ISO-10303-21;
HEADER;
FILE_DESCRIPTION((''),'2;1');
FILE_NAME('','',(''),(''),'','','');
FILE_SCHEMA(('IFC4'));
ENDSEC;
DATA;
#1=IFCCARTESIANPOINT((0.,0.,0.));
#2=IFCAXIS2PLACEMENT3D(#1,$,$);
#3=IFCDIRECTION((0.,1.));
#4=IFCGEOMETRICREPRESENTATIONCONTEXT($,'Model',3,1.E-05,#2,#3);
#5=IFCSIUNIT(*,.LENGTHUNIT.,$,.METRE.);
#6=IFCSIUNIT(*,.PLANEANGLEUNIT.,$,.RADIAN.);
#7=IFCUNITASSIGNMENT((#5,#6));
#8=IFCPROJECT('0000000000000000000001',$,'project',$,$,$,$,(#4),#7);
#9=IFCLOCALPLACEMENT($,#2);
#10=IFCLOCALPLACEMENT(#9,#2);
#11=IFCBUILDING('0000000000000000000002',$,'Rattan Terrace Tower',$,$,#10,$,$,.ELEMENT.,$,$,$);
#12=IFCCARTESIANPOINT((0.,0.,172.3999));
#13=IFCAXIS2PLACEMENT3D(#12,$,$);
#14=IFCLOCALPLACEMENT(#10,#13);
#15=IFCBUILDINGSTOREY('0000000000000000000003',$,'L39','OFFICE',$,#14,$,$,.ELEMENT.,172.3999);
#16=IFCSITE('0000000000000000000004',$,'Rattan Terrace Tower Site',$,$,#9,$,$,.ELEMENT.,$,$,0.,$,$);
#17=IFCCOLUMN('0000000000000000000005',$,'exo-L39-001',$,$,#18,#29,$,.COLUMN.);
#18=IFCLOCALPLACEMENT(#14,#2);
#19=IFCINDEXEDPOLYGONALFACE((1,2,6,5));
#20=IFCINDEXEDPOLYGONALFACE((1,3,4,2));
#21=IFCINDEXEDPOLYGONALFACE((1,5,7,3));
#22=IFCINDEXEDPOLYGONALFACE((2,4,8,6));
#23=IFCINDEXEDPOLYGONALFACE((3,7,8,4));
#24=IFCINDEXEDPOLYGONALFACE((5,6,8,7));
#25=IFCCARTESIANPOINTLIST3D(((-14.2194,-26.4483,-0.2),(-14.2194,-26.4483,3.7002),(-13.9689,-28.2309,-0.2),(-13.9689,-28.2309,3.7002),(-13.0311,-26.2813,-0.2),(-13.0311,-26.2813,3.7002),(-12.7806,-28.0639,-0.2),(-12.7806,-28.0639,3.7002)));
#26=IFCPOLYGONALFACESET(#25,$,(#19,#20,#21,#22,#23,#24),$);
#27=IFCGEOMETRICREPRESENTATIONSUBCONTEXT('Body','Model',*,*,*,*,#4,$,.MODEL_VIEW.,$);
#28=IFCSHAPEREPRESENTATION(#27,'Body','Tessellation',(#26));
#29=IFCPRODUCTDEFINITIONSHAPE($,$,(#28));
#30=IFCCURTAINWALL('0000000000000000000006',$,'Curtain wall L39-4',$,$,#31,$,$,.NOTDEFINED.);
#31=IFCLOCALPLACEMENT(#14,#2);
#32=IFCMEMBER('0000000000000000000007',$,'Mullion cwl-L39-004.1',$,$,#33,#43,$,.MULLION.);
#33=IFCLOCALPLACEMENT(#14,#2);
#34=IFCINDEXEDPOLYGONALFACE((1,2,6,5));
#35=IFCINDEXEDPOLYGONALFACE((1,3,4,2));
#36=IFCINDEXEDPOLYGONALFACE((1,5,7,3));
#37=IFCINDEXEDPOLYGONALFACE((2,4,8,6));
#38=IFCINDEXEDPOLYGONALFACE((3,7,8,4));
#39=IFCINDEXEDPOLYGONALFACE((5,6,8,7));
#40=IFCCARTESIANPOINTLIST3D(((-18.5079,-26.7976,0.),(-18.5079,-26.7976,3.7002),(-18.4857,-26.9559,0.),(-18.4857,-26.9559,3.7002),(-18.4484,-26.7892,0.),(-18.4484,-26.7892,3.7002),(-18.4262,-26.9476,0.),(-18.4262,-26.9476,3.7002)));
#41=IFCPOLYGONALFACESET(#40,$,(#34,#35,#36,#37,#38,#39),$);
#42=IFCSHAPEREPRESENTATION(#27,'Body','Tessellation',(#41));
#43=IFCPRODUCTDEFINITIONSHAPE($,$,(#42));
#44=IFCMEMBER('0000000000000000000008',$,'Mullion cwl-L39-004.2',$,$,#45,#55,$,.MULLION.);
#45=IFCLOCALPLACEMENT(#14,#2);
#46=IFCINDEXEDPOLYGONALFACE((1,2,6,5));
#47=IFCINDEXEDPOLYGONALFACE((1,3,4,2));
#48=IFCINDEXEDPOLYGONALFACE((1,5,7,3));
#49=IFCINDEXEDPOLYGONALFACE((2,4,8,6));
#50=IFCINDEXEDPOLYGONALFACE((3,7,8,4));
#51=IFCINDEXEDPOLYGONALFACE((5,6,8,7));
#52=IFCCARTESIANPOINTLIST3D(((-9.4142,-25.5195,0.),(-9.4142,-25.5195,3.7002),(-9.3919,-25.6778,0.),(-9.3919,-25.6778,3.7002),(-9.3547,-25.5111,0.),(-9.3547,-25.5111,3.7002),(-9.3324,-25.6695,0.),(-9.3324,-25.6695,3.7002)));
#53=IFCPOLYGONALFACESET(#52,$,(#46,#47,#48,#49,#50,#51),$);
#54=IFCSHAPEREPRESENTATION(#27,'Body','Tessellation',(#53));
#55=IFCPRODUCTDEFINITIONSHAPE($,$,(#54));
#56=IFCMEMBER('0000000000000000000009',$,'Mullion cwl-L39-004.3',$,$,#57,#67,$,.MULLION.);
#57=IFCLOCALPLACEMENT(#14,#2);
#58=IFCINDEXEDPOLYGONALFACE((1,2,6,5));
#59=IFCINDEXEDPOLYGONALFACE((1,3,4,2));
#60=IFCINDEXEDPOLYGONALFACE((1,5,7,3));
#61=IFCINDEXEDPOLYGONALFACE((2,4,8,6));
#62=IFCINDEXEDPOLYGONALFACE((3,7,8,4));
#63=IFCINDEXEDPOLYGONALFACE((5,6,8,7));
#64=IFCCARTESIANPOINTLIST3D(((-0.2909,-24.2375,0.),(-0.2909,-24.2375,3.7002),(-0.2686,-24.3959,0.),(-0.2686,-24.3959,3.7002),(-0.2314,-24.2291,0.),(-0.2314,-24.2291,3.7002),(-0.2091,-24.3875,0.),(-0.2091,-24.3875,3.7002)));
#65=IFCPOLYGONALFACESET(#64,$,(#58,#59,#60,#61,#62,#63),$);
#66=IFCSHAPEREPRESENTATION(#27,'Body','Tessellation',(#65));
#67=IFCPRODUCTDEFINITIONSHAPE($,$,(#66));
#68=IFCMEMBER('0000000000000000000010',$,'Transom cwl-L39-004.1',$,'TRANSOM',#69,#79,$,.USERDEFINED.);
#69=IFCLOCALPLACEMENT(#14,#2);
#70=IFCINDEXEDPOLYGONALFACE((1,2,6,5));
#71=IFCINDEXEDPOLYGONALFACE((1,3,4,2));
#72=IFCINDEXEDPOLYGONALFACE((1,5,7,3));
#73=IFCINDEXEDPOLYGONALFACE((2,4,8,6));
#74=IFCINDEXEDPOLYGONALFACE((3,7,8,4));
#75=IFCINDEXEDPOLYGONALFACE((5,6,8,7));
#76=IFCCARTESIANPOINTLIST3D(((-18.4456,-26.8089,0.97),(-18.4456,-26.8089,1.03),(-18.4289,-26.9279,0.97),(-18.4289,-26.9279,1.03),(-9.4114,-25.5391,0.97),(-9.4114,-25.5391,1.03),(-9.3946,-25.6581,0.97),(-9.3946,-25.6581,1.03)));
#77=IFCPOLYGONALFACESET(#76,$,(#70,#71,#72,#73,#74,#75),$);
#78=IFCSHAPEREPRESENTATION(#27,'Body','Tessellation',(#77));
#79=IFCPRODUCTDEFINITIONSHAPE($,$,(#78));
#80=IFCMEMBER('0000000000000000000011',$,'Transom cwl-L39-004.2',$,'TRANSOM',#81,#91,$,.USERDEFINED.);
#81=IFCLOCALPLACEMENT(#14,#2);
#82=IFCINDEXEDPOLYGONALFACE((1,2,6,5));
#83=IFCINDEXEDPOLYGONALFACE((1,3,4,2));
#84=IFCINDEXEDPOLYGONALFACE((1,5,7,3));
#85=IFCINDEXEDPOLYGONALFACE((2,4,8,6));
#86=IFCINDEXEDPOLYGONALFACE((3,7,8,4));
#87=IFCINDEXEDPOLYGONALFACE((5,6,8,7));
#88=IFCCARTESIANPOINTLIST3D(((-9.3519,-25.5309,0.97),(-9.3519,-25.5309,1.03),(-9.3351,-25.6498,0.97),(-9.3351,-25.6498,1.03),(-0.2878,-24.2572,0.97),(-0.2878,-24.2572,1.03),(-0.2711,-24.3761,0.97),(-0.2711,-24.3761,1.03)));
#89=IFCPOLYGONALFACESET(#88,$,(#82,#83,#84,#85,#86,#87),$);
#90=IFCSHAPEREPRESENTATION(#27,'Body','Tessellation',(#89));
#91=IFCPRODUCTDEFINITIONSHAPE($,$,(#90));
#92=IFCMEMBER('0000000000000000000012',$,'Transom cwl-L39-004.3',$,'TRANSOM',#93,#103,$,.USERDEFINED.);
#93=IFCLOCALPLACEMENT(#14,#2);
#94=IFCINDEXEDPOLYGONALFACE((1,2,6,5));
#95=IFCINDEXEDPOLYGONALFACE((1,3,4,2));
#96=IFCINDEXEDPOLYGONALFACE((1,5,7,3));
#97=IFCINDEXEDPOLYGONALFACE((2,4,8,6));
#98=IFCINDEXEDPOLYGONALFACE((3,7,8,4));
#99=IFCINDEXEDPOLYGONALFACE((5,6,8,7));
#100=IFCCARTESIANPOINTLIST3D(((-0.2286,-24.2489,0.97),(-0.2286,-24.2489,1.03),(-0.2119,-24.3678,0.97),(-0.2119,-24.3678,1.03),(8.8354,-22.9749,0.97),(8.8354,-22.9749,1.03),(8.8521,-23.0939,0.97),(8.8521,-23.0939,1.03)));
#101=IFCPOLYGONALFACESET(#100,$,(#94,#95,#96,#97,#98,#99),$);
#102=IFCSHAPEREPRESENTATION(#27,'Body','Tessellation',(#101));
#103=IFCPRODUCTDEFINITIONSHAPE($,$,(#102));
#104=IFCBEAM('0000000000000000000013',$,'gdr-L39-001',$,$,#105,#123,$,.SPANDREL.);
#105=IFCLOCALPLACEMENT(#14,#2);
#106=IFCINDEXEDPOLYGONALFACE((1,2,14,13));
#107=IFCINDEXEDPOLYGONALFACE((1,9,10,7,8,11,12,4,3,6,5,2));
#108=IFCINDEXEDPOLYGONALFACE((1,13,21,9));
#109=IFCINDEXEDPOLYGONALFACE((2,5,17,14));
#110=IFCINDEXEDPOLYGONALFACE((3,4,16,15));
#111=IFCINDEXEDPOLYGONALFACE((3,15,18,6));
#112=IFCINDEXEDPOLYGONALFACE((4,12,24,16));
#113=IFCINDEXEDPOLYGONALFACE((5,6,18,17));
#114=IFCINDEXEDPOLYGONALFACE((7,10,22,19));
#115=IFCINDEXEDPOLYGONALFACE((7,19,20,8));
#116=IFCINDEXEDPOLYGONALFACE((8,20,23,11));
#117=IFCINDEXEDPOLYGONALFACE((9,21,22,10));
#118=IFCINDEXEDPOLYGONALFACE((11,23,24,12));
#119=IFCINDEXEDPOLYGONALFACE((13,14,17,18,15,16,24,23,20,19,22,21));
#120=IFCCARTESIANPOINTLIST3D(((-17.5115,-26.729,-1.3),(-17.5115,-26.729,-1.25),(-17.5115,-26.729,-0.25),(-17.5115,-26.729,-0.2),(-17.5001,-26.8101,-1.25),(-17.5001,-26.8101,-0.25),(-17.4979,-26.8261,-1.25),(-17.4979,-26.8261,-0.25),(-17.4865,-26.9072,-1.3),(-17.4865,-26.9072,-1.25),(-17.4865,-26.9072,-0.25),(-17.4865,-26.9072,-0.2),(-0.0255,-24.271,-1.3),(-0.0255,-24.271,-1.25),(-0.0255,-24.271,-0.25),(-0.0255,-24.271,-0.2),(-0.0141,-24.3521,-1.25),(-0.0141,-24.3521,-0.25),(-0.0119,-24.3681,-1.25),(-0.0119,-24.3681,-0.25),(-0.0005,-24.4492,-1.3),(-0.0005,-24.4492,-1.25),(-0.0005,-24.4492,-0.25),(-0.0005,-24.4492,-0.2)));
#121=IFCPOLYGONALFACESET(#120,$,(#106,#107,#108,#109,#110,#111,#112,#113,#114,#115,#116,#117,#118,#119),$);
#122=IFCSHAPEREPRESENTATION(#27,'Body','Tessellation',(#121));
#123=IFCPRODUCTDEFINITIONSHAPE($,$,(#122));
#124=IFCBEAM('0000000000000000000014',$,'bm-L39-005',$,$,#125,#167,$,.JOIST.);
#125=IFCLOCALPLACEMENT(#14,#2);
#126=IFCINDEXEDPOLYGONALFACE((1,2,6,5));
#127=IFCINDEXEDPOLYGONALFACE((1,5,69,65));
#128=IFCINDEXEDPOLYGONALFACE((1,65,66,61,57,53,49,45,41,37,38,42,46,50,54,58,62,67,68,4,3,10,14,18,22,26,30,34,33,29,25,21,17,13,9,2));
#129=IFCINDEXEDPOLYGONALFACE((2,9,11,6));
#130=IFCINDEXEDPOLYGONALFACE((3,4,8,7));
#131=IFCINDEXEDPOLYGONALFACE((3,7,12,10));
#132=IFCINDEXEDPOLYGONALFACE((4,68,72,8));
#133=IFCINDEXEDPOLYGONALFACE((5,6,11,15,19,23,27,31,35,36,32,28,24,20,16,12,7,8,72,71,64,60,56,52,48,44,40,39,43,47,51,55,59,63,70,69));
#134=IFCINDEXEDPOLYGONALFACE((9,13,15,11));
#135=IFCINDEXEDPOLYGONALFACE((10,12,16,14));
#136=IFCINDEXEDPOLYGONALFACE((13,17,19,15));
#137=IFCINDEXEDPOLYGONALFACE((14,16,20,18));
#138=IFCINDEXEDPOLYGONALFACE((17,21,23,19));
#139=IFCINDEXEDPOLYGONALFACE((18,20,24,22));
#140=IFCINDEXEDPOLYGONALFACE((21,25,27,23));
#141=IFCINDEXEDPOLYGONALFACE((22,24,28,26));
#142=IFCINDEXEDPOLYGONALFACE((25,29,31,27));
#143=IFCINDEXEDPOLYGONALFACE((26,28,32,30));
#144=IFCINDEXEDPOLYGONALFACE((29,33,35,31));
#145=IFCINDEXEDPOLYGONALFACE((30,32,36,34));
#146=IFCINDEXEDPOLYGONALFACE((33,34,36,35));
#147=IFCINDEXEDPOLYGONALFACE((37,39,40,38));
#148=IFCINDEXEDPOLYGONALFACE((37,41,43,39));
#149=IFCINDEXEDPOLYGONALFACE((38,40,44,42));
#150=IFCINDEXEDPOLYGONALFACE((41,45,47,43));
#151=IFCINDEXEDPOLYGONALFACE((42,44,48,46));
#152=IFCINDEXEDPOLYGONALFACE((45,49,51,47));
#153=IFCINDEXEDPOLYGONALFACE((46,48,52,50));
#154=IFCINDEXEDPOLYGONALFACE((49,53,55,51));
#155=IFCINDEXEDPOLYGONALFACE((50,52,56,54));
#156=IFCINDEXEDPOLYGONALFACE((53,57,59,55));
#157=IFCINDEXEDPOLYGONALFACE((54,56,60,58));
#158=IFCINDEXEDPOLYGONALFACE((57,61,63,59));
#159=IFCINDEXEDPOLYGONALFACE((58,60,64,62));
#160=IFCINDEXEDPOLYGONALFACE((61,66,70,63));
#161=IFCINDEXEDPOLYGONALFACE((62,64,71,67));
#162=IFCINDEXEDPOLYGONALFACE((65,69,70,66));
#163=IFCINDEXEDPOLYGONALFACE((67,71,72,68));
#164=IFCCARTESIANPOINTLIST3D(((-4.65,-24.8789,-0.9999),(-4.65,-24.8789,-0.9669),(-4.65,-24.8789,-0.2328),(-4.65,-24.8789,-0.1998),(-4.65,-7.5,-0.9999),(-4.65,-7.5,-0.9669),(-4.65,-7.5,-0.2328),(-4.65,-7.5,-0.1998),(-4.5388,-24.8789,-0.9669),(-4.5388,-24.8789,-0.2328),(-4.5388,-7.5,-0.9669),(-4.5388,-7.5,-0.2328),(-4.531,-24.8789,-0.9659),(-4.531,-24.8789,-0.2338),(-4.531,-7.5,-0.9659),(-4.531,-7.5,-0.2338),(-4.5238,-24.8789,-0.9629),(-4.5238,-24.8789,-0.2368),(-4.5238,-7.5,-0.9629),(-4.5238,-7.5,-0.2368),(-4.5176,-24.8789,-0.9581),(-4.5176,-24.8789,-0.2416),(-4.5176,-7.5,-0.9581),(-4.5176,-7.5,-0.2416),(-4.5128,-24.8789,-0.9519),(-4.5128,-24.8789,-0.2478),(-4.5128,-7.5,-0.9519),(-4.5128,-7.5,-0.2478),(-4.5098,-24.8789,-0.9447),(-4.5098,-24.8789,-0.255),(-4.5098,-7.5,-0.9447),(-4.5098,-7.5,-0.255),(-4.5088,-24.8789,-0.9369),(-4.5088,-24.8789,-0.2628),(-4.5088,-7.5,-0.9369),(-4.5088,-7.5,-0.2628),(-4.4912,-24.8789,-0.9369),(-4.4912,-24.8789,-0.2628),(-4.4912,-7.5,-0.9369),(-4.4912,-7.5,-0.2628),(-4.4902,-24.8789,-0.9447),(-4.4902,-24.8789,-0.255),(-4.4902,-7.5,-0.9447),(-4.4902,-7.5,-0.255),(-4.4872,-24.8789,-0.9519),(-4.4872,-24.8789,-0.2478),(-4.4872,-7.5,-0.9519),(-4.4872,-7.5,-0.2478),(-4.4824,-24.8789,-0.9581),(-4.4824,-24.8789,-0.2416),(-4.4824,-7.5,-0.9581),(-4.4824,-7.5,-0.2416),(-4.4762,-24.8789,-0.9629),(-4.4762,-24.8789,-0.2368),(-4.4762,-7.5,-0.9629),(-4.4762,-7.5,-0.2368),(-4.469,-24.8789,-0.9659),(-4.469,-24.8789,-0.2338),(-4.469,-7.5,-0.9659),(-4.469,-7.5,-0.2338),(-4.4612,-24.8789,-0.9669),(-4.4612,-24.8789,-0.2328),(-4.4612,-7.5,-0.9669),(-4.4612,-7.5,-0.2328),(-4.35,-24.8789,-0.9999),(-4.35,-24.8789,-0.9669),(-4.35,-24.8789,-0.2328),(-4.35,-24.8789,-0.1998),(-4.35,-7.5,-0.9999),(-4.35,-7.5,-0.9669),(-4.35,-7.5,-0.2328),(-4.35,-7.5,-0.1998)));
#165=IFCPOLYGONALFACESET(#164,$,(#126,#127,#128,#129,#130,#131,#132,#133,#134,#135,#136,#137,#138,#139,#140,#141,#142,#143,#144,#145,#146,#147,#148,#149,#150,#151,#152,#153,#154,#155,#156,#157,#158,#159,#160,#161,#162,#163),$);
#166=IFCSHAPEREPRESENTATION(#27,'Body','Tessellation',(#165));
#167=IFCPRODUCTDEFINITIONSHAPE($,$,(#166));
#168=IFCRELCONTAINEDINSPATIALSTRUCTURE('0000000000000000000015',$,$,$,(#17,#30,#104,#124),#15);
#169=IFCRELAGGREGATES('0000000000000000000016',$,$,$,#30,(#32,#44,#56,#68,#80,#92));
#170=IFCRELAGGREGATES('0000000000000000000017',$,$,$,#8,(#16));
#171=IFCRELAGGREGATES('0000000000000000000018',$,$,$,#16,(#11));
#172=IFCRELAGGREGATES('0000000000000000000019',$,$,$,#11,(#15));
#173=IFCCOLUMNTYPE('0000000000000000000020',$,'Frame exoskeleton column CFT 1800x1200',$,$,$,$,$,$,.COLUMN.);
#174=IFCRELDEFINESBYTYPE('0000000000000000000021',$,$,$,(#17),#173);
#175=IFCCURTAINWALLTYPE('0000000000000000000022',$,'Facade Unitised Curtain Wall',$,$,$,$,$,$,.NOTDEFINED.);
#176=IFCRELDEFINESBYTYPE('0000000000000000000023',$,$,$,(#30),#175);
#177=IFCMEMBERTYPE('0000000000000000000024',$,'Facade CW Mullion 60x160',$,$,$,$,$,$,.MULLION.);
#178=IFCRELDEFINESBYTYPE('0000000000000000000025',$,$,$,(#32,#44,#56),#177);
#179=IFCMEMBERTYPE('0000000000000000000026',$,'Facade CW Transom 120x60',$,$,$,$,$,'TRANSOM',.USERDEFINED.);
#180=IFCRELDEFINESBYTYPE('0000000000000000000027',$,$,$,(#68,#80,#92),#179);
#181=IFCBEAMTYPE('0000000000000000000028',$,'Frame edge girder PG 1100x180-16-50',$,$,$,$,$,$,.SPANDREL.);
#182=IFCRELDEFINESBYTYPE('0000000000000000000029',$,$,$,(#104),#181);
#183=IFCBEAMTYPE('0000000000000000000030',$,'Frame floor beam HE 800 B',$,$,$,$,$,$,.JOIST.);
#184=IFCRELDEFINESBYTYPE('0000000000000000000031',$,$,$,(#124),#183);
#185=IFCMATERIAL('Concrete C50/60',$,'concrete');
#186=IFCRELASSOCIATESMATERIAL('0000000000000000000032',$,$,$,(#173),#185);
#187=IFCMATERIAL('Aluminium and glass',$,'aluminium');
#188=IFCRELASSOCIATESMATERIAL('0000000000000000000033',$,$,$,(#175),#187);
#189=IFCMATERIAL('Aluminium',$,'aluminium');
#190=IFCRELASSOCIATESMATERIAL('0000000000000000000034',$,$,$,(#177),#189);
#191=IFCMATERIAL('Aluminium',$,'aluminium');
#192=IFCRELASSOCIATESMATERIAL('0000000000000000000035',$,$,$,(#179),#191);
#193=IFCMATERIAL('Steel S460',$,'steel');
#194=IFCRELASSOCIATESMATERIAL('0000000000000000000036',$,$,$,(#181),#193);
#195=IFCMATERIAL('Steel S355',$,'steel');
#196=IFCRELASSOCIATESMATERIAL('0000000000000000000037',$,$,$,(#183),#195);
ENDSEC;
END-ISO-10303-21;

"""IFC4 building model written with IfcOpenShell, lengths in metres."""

from ifc_helpers import new_model, si_unit, direction, frame, origin, origin_2d, place, context, subcontext, project, spatial, rectangle, i_section, extrude, material, material_profile, profile_set, type_object, element, aggregate, save


model = new_model("IFC4")

# Units and contexts
model_context = context("Model", 3, precision=1e-05, world=origin(), true_north=direction((0.0, 1.0)))
body_context = subcontext(model_context, "Body", "Model", "MODEL_VIEW")
ifc_project = project(units=[si_unit("LENGTHUNIT", "METRE"), si_unit("PLANEANGLEUNIT", "RADIAN")], contexts=[model_context])

# Site, building, storey
site_placement = place(None, origin())
site = spatial("IfcSite", under=ifc_project, at=site_placement, Name="Rattan Terrace Tower Site", CompositionType="ELEMENT", RefElevation=0.0)
building_placement = place(site_placement, origin())
building = spatial("IfcBuilding", under=site, at=building_placement, Name="Rattan Terrace Tower", CompositionType="ELEMENT")
storey_placement = place(building_placement, frame((0.0, 0.0, 172.3999)))
storey = spatial("IfcBuildingStorey", under=building, at=storey_placement, Name="L39", Description="OFFICE", CompositionType="ELEMENT", Elevation=172.3999)

# Column
ifc_material_1 = material(Name="Concrete C50/60", Category="concrete")
ifc_material_profile_1 = material_profile(ifc_material_1, rectangle(XDim=1.2, YDim=1.8, at=origin_2d()), Name="CFT 1800x1200")
ifc_profile_set_1 = profile_set([ifc_material_profile_1], Name="Concrete C50/60")
column_type = type_object("IfcColumnType", Name="Frame exoskeleton column CFT 1800x1200", PredefinedType="COLUMN", material=ifc_profile_set_1)
column_placement = place(storey_placement, frame((-13.5, -27.2561, -0.2), z_axis=(0.0, 0.0, 1.0), x_axis=(0.99027, 0.139156, 0.0)))
element("IfcColumn", 1, at=column_placement, inside=storey, type_object=column_type, Name="exo-L39-001", PredefinedType="COLUMN", context=body_context, shape_type="SweptSolid", body=[
    extrude(rectangle(XDim=1.2, YDim=1.8, at=origin_2d()), origin(), (0.0, 0.0, 1.0), 3.9001),
])

# Curtain wall, members
ifc_material_2 = material(Name="Aluminium and glass", Category="aluminium")
curtain_wall_type = type_object("IfcCurtainWallType", Name="Facade Unitised Curtain Wall", PredefinedType="NOTDEFINED", material=ifc_material_2)
curtain_wall_placement = place(storey_placement, origin())
curtain_wall = element("IfcCurtainWall", 2, at=curtain_wall_placement, inside=storey, type_object=curtain_wall_type, Name="Curtain wall L39-4", PredefinedType="NOTDEFINED")
ifc_material_3 = material(Name="Aluminium", Category="aluminium")
ifc_material_profile_2 = material_profile(ifc_material_3, rectangle(XDim=0.0601, YDim=0.1599, at=origin_2d()), Name="Aluminium 60x160")
ifc_profile_set_2 = profile_set([ifc_material_profile_2], Name="Aluminium")
member_type_1 = type_object("IfcMemberType", Name="Facade CW Mullion 60x160", PredefinedType="MULLION", material=ifc_profile_set_2)
member_1_placement = place(storey_placement, frame((-18.467, -26.8726, 0.0), z_axis=(0.0, 0.0, 1.0), x_axis=(0.99027, 0.139161, 0.0)))
member_1 = element("IfcMember", 3, at=member_1_placement, type_object=member_type_1, Name="Mullion cwl-L39-004.1", PredefinedType="MULLION", context=body_context, shape_type="SweptSolid", body=[
    extrude(rectangle(XDim=0.0601, YDim=0.1599, at=origin_2d()), origin(), (0.0, 0.0, 1.0), 3.7002),
])
member_2_placement = place(storey_placement, frame((-9.3733, -25.5945, 0.0), z_axis=(0.0, 0.0, 1.0), x_axis=(0.99027, 0.139161, 0.0)))
member_2 = element("IfcMember", 4, at=member_2_placement, type_object=member_type_1, Name="Mullion cwl-L39-004.2", PredefinedType="MULLION", context=body_context, shape_type="SweptSolid", body=[
    extrude(rectangle(XDim=0.0601, YDim=0.1599, at=origin_2d()), origin(), (0.0, 0.0, 1.0), 3.7002),
])
member_3_placement = place(storey_placement, frame((-0.25, -24.3125, 0.0), z_axis=(0.0, 0.0, 1.0), x_axis=(0.99027, 0.139161, 0.0)))
member_3 = element("IfcMember", 5, at=member_3_placement, type_object=member_type_1, Name="Mullion cwl-L39-004.3", PredefinedType="MULLION", context=body_context, shape_type="SweptSolid", body=[
    extrude(rectangle(XDim=0.0601, YDim=0.1599, at=origin_2d()), origin(), (0.0, 0.0, 1.0), 3.7002),
])
ifc_material_4 = material(Name="Aluminium", Category="aluminium")
ifc_material_profile_3 = material_profile(ifc_material_4, rectangle(XDim=0.1201, YDim=0.0601, at=origin_2d()), Name="Aluminium 120x60")
ifc_profile_set_3 = profile_set([ifc_material_profile_3], Name="Aluminium")
member_type_2 = type_object("IfcMemberType", Name="Facade CW Transom 120x60", ElementType="TRANSOM", PredefinedType="USERDEFINED", material=ifc_profile_set_3)
member_4_placement = place(storey_placement, frame((-18.4373, -26.8684, 1.0), z_axis=(0.990266, 0.139184, 0.0), x_axis=(-0.139184, 0.990266, 0.0)))
member_4 = element("IfcMember", 6, at=member_4_placement, type_object=member_type_2, Name="Transom cwl-L39-004.1", ObjectType="TRANSOM", PredefinedType="USERDEFINED", context=body_context, shape_type="SweptSolid", body=[
    extrude(rectangle(XDim=0.1201, YDim=0.0601, at=origin_2d()), origin(), (0.0, 0.0, 1.0), 9.123),
])
member_5_placement = place(storey_placement, frame((-9.3435, -25.5903, 1.0), z_axis=(0.990271, 0.139154, 0.0), x_axis=(-0.139154, 0.990271, 0.0)))
member_5 = element("IfcMember", 7, at=member_5_placement, type_object=member_type_2, Name="Transom cwl-L39-004.2", ObjectType="TRANSOM", PredefinedType="USERDEFINED", context=body_context, shape_type="SweptSolid", body=[
    extrude(rectangle(XDim=0.1201, YDim=0.0601, at=origin_2d()), origin(), (0.0, 0.0, 1.0), 9.1531),
])
member_6_placement = place(storey_placement, frame((-0.2202, -24.3083, 1.0), z_axis=(0.990267, 0.13918, 0.0), x_axis=(-0.13918, 0.990267, 0.0)))
member_6 = element("IfcMember", 8, at=member_6_placement, type_object=member_type_2, Name="Transom cwl-L39-004.3", ObjectType="TRANSOM", PredefinedType="USERDEFINED", context=body_context, shape_type="SweptSolid", body=[
    extrude(rectangle(XDim=0.1201, YDim=0.0601, at=origin_2d()), origin(), (0.0, 0.0, 1.0), 9.1531),
])

# Beams
ifc_material_5 = material(Name="Steel S460", Category="steel")
ifc_material_profile_4 = material_profile(ifc_material_5, i_section(OverallWidth=0.1799, OverallDepth=1.1001, WebThickness=0.0161, FlangeThickness=0.05, at=origin_2d()), Name="PG 1100x180-16-50")
ifc_profile_set_4 = profile_set([ifc_material_profile_4], Name="Steel S460")
beam_type_1 = type_object("IfcBeamType", Name="Frame edge girder PG 1100x180-16-50", PredefinedType="SPANDREL", material=ifc_profile_set_4)
beam_1_placement = place(storey_placement, frame((-17.499, -26.8181, -0.75), z_axis=(0.990264, 0.139201, 0.0), x_axis=(-0.139201, 0.990264, 0.0)))
element("IfcBeam", 9, at=beam_1_placement, inside=storey, type_object=beam_type_1, Name="gdr-L39-001", PredefinedType="SPANDREL", context=body_context, shape_type="SweptSolid", body=[
    extrude(i_section(OverallWidth=0.1799, OverallDepth=1.1001, WebThickness=0.0161, FlangeThickness=0.05, at=origin_2d()), origin(), (0.0, 0.0, 1.0), 17.658),
])
ifc_material_6 = material(Name="Steel S355", Category="steel")
ifc_material_profile_5 = material_profile(ifc_material_6, i_section(OverallWidth=0.3, OverallDepth=0.8, WebThickness=0.0176, FlangeThickness=0.033, FilletRadius=0.03, at=origin_2d()), Name="HE 800 B")
ifc_profile_set_5 = profile_set([ifc_material_profile_5], Name="Steel S355")
beam_type_2 = type_object("IfcBeamType", Name="Frame floor beam HE 800 B", PredefinedType="JOIST", material=ifc_profile_set_5)
beam_2_placement = place(storey_placement, frame((-4.5, -24.8789, -0.5999), z_axis=(0.0, 1.0, 0.0), x_axis=(-1.0, 0.0, 0.0)))
element("IfcBeam", 10, at=beam_2_placement, inside=storey, type_object=beam_type_2, Name="bm-L39-005", PredefinedType="JOIST", context=body_context, shape_type="SweptSolid", body=[
    extrude(i_section(OverallWidth=0.3, OverallDepth=0.8, WebThickness=0.0176, FlangeThickness=0.033, FilletRadius=0.03, at=origin_2d()), origin(), (0.0, 0.0, 1.0), 17.3789),
])

aggregate(curtain_wall, [member_1, member_2, member_3, member_4, member_5, member_6])

save(model, "model.ifc")
